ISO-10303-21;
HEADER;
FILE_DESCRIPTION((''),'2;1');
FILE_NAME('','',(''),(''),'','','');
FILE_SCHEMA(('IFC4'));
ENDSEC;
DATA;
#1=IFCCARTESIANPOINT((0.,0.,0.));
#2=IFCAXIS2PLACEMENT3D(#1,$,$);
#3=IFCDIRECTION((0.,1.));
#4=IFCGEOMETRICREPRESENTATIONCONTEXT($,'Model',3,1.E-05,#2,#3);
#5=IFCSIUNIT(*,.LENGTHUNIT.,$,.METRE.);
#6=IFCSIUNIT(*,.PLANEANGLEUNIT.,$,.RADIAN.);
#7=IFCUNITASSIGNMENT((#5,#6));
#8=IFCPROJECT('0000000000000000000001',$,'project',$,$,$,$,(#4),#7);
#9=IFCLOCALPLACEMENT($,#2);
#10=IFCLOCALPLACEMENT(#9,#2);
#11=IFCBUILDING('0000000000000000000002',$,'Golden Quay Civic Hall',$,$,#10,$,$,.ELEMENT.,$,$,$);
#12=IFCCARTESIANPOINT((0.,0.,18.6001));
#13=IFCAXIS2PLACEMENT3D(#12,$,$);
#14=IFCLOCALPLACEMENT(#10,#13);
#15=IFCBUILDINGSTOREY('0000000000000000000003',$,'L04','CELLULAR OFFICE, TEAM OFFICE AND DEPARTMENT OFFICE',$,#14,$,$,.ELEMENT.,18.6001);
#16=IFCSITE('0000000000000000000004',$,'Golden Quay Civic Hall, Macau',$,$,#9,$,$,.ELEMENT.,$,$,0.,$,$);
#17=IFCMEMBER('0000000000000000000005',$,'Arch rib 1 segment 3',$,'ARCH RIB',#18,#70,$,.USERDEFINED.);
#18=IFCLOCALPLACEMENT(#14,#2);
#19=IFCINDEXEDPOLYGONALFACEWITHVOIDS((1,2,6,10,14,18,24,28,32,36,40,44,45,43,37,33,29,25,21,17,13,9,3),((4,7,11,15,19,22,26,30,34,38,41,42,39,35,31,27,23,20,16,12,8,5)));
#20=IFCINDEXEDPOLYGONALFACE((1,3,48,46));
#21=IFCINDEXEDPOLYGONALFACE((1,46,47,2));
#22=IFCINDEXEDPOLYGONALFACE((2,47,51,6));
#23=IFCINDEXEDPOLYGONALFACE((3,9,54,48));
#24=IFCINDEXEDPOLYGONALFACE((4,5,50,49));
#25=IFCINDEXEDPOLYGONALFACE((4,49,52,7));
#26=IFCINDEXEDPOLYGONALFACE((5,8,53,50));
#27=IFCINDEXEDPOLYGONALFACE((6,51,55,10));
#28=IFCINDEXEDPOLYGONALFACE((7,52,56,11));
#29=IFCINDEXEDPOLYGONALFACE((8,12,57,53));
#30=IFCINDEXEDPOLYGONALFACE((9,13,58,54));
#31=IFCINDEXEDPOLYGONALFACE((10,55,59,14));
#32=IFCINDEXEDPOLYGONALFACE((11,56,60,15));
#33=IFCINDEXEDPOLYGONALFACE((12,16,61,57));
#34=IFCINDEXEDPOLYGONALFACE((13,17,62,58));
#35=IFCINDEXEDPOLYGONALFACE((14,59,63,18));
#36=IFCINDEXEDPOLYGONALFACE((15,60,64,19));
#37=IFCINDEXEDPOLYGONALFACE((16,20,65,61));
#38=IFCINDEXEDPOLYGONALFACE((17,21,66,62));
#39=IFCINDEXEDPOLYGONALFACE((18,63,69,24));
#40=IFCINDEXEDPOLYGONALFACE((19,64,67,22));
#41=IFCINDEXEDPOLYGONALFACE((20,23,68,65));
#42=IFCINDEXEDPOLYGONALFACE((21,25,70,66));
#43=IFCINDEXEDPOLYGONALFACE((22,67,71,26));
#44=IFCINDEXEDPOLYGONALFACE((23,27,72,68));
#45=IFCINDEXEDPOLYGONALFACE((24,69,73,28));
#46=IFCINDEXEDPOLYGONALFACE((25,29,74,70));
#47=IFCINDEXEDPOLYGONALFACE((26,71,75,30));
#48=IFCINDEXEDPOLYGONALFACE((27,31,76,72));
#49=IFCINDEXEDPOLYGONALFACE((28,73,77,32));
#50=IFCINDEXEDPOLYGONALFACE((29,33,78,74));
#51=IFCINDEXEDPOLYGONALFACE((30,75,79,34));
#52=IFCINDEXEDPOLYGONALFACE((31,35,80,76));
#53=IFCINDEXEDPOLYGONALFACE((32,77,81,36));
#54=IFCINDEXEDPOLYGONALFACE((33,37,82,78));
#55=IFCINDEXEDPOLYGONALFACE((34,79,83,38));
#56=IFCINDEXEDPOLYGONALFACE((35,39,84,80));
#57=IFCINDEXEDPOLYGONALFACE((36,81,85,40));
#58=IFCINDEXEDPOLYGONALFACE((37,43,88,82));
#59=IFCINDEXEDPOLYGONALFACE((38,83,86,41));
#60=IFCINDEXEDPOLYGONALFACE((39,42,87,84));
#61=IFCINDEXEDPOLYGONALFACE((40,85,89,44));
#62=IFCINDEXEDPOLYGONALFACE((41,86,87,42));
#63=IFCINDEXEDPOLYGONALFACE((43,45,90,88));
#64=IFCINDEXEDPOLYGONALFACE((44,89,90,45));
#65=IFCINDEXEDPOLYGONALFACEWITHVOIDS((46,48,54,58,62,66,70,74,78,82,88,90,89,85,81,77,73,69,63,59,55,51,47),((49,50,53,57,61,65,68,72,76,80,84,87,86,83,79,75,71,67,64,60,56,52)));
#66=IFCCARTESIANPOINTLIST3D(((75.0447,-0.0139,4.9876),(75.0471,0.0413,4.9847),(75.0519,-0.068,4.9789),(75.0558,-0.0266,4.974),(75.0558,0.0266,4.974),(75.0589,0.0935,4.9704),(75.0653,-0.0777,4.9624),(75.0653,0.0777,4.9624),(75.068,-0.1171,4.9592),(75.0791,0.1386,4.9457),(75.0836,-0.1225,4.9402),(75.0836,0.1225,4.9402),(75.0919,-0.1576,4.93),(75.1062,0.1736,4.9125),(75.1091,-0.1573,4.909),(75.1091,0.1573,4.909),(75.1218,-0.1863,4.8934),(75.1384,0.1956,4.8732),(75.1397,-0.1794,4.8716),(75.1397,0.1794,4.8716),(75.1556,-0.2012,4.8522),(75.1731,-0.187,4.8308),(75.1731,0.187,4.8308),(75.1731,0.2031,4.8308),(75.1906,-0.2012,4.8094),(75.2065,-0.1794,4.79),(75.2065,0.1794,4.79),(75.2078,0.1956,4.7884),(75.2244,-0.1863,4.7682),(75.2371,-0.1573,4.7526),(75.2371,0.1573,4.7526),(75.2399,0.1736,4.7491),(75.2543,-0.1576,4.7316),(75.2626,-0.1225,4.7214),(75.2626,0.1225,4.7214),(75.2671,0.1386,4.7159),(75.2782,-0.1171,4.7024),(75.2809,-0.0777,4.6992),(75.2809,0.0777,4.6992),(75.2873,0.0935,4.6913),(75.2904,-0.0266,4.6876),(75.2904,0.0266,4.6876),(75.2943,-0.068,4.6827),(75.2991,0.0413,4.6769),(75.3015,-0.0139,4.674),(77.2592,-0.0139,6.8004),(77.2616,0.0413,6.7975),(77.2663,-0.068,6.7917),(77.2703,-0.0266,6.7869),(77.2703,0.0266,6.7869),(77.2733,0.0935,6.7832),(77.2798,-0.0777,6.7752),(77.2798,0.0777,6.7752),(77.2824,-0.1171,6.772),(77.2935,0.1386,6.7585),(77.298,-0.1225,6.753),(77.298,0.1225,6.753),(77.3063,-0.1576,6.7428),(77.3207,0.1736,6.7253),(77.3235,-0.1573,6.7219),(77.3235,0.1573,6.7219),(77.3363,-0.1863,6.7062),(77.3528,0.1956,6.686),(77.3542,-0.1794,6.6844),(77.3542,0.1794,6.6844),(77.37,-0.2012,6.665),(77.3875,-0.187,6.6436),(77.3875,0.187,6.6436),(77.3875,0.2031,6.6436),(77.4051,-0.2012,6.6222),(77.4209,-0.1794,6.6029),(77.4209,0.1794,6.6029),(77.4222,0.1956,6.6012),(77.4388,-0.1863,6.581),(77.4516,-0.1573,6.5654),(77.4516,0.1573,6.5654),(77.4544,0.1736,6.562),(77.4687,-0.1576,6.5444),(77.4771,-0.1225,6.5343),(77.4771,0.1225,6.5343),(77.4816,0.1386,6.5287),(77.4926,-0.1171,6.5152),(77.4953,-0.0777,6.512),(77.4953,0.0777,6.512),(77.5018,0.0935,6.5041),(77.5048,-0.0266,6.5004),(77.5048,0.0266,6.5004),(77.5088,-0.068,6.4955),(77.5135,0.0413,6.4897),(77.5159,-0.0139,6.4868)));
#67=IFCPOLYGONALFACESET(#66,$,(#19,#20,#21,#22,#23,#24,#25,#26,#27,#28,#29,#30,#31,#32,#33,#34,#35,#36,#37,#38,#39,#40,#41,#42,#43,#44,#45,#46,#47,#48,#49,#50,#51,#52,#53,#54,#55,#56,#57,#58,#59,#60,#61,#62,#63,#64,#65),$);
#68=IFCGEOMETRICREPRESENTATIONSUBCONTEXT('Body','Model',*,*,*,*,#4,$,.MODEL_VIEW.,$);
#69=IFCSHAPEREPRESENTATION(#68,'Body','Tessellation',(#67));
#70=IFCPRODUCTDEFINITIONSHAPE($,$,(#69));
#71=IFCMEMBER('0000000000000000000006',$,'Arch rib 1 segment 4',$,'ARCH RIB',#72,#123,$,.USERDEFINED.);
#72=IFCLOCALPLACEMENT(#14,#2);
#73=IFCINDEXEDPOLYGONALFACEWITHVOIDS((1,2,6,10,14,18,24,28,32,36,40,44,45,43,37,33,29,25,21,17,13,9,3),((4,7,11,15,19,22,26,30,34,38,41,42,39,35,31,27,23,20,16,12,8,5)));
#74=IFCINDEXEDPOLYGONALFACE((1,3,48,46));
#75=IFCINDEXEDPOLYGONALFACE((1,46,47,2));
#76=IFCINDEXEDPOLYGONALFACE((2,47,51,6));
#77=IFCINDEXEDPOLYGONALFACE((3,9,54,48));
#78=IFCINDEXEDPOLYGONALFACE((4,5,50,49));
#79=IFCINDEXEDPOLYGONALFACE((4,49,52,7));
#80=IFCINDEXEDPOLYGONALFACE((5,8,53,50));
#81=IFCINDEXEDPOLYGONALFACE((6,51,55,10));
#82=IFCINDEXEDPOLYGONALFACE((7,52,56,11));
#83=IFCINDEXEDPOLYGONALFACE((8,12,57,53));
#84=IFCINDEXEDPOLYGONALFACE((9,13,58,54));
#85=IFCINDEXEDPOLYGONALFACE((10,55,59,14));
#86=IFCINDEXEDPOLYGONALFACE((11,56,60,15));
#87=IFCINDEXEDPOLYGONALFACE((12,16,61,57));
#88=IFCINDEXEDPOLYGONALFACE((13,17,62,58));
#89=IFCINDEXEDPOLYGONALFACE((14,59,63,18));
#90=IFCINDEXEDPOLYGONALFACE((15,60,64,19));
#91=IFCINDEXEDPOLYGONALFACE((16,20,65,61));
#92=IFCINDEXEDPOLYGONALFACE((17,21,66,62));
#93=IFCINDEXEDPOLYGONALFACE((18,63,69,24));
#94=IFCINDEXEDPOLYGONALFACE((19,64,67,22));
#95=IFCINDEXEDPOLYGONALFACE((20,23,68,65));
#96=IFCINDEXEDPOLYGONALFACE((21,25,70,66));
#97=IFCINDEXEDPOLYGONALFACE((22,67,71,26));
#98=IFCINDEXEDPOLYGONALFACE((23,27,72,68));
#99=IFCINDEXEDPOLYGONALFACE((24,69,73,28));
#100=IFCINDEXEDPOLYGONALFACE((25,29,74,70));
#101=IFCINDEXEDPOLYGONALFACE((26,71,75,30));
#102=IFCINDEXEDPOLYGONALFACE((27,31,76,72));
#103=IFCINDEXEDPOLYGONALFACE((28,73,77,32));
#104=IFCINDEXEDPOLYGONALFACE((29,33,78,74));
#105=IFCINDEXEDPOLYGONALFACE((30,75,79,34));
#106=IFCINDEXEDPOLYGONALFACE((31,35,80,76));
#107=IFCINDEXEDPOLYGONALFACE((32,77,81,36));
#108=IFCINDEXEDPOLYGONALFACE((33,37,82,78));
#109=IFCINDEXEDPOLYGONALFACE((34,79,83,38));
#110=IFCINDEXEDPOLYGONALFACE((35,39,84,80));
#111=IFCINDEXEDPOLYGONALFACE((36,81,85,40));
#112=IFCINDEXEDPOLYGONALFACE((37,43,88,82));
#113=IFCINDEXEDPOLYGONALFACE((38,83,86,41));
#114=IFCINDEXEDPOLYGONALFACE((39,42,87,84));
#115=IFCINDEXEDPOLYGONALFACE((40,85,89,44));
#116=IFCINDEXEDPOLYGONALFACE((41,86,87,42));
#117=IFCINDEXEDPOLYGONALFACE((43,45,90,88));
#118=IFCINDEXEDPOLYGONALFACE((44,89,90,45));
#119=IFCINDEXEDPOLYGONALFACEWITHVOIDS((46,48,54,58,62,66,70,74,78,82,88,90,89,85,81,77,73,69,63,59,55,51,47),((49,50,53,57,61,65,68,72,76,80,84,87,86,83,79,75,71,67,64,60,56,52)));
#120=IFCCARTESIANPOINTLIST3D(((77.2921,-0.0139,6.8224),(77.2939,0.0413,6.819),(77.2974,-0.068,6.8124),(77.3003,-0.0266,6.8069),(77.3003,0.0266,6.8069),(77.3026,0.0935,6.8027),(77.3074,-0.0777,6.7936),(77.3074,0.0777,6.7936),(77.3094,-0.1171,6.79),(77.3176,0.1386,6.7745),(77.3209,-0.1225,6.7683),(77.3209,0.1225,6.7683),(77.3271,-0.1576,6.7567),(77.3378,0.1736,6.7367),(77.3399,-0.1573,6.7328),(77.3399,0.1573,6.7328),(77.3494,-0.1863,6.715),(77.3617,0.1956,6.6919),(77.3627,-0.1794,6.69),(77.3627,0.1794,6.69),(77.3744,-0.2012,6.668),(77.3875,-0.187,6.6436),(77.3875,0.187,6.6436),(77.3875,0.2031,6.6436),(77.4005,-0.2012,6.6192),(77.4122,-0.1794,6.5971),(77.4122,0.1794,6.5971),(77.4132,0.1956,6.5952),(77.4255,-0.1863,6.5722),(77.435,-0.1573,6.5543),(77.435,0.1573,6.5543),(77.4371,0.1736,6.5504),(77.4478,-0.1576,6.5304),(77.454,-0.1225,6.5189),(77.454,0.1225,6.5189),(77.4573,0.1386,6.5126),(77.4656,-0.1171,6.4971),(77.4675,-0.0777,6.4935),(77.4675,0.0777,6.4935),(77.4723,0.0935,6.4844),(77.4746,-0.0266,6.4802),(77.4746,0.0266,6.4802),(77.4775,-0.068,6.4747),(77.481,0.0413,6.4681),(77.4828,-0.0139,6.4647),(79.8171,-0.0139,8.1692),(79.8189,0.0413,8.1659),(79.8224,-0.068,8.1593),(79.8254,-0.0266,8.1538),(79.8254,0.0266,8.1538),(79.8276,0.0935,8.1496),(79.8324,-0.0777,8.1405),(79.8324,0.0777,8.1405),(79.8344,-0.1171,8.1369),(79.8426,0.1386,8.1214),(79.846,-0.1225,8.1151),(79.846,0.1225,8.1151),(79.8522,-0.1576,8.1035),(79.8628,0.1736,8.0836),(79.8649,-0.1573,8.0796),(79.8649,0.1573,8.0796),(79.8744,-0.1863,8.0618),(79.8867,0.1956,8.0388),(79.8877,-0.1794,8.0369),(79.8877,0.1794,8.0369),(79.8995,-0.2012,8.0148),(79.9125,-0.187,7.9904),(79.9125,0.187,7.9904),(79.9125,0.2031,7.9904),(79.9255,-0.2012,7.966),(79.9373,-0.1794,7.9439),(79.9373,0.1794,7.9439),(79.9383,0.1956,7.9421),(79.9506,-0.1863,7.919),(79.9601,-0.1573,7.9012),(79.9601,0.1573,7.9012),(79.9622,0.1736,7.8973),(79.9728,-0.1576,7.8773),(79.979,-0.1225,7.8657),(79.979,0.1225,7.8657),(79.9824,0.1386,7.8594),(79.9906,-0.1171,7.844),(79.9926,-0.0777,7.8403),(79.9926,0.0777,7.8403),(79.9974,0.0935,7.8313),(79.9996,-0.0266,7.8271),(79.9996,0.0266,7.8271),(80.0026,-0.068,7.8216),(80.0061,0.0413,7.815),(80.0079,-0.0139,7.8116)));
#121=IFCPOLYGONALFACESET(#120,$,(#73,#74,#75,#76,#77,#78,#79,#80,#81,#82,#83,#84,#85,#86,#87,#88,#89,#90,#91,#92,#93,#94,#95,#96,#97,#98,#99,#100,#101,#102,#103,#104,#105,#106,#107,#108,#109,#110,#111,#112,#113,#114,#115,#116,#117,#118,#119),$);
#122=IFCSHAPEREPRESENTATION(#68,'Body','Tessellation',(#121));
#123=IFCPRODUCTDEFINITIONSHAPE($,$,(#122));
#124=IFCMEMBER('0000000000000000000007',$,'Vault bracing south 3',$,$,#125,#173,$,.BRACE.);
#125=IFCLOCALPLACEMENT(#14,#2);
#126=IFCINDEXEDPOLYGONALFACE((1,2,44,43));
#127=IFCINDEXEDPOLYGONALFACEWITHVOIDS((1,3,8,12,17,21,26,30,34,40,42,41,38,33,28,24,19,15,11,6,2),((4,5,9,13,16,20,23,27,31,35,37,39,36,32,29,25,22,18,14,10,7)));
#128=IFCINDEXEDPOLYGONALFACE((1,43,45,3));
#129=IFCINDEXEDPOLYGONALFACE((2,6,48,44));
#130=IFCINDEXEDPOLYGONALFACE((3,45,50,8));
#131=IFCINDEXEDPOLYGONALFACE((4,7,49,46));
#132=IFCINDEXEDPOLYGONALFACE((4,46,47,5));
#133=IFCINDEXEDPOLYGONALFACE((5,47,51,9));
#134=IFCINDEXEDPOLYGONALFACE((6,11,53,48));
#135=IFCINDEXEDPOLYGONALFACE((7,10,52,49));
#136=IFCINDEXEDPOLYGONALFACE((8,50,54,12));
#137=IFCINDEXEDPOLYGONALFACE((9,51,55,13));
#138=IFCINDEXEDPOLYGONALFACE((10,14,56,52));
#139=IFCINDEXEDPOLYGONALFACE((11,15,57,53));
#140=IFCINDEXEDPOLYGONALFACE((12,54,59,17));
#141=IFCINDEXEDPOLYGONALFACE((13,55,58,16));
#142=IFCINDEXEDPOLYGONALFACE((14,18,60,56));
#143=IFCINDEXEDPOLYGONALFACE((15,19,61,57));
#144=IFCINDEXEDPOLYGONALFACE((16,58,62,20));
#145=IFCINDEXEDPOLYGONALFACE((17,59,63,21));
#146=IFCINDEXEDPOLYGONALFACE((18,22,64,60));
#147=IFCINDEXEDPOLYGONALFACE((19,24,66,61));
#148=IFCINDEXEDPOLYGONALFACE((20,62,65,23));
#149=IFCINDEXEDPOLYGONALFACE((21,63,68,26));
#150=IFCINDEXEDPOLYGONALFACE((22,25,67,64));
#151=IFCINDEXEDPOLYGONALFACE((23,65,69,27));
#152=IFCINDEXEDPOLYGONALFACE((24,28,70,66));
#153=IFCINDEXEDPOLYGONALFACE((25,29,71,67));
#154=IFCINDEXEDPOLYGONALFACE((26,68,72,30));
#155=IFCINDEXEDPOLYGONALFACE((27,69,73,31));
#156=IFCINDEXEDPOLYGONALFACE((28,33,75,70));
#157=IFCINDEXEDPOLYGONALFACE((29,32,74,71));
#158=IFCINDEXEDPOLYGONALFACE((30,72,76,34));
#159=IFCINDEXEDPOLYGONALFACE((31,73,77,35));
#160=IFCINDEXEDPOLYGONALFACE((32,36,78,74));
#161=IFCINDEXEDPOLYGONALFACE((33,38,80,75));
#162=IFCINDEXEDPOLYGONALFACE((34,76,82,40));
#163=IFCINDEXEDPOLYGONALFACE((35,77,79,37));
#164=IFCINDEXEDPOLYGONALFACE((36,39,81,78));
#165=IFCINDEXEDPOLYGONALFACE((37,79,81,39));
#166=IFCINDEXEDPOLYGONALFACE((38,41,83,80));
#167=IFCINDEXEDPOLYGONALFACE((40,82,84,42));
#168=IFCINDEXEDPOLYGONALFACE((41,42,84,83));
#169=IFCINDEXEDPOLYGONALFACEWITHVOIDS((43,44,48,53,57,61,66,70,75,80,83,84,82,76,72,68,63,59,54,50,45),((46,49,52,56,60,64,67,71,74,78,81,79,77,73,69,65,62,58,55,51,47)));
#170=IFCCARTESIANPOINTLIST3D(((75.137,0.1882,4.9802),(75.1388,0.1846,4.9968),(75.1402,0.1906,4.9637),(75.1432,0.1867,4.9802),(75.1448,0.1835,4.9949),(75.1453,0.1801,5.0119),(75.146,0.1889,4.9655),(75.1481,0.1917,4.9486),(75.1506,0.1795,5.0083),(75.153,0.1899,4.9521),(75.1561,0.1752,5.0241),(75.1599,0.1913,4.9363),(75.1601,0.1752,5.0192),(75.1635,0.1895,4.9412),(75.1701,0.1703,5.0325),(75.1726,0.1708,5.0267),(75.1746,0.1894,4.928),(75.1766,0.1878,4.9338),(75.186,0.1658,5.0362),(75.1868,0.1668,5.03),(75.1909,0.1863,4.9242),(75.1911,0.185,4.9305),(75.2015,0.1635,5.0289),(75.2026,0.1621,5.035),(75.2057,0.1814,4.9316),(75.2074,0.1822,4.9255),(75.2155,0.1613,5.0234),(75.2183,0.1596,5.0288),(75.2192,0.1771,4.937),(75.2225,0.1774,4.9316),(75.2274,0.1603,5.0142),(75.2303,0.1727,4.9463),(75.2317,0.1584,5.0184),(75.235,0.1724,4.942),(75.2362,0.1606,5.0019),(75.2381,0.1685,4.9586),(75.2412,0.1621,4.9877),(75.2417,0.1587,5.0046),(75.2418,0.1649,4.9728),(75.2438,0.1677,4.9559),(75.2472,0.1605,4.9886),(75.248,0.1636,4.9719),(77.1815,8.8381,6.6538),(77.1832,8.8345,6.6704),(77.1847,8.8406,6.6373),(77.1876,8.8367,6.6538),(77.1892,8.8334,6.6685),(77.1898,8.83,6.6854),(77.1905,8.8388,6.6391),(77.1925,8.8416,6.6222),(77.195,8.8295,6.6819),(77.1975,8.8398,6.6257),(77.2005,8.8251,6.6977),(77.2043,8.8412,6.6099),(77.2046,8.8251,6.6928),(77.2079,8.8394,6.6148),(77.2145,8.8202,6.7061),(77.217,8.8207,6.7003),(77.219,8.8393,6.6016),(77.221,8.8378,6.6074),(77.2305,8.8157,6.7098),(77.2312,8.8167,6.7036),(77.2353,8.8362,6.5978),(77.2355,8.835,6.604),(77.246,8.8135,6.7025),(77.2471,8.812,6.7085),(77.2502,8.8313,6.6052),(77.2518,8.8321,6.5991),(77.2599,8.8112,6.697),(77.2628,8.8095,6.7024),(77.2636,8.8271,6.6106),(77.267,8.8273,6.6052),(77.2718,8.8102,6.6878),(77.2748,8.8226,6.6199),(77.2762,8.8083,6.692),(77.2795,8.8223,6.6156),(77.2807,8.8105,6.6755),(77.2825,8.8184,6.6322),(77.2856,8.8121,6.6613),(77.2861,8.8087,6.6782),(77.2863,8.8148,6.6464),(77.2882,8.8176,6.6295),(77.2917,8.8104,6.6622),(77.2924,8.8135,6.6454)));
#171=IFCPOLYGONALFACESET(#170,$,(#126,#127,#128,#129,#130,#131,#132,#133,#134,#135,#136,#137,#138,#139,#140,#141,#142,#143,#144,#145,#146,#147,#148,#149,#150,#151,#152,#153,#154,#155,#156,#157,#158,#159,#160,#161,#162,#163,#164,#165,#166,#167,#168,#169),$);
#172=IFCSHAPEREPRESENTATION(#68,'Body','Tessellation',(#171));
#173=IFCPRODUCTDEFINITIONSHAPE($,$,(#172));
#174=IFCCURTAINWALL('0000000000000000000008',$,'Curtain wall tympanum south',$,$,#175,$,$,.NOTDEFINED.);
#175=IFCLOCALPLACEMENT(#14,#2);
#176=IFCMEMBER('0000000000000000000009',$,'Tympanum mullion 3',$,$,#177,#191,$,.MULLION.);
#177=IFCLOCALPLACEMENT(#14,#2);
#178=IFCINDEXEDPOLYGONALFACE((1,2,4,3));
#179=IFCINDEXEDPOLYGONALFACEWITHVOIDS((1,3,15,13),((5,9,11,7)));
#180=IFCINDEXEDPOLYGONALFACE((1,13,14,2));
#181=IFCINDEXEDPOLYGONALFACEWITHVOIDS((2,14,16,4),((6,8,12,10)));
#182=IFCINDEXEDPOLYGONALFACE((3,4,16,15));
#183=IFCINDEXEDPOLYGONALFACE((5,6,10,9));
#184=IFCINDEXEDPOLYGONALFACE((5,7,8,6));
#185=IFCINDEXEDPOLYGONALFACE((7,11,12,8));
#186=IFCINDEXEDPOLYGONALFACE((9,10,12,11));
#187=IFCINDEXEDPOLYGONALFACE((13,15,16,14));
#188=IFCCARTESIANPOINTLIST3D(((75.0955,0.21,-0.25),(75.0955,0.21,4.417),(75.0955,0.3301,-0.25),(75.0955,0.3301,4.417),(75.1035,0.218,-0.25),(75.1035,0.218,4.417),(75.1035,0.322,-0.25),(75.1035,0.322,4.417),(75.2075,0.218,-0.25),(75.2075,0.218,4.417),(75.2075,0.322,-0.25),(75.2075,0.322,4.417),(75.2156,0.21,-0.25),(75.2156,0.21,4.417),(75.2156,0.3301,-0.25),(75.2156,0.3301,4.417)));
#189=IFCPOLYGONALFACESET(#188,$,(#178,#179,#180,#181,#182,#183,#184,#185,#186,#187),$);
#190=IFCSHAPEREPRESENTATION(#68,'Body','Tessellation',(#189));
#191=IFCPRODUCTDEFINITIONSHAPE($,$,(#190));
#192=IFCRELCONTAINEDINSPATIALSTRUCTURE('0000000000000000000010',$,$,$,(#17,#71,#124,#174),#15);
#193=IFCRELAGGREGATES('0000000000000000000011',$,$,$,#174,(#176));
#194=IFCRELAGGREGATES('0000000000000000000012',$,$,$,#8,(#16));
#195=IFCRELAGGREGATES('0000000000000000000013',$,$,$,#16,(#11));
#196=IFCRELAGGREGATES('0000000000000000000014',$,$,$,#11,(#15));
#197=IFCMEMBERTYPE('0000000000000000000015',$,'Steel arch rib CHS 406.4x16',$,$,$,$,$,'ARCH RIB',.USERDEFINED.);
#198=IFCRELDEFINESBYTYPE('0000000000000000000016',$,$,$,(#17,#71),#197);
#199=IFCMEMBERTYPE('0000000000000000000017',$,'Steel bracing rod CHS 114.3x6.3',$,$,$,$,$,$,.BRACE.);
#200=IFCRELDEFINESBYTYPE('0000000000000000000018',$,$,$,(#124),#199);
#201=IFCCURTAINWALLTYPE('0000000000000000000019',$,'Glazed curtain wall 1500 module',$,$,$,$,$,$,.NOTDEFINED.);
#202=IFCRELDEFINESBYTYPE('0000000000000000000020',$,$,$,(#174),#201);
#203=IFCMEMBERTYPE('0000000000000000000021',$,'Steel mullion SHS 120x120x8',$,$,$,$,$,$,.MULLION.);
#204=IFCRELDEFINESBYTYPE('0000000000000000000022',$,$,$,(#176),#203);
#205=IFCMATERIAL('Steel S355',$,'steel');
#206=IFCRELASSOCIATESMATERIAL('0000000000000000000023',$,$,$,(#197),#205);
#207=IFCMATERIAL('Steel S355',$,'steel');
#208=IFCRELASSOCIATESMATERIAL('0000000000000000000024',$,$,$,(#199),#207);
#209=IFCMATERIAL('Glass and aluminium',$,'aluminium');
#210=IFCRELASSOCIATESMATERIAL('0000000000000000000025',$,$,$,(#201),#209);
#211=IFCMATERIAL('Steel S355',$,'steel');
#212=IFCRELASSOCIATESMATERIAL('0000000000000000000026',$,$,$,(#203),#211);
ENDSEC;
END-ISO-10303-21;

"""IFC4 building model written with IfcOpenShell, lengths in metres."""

from ifc_helpers import new_model, si_unit, direction, frame, origin, origin_2d, place, context, subcontext, project, spatial, hollow_rectangle, hollow_circle, extrude, material, material_profile, profile_set, type_object, element, aggregate, save


model = new_model("IFC4")

# Units and contexts
model_context = context("Model", 3, precision=1e-05, world=origin(), true_north=direction((0.0, 1.0)))
body_context = subcontext(model_context, "Body", "Model", "MODEL_VIEW")
ifc_project = project(units=[si_unit("LENGTHUNIT", "METRE"), si_unit("PLANEANGLEUNIT", "RADIAN")], contexts=[model_context])

# Site, building, storey
site_placement = place(None, origin())
site = spatial("IfcSite", under=ifc_project, at=site_placement, Name="Golden Quay Civic Hall, Macau", CompositionType="ELEMENT", RefElevation=0.0)
building_placement = place(site_placement, origin())
building = spatial("IfcBuilding", under=site, at=building_placement, Name="Golden Quay Civic Hall", CompositionType="ELEMENT")
storey_placement = place(building_placement, frame((0.0, 0.0, 18.6001)))
storey = spatial("IfcBuildingStorey", under=building, at=storey_placement, Name="L04", Description="CELLULAR OFFICE, TEAM OFFICE AND DEPARTMENT OFFICE", CompositionType="ELEMENT", Elevation=18.6001)

# Members
ifc_material_1 = material(Name="Steel S355", Category="steel")
ifc_material_profile_1 = material_profile(ifc_material_1, hollow_circle(Radius=0.2031, WallThickness=0.0161, at=origin_2d()), Name="CHS 406.4x16")
ifc_profile_set_1 = profile_set([ifc_material_profile_1], Name="Steel S355")
member_type_1 = type_object("IfcMemberType", Name="Steel arch rib CHS 406.4x16", ElementType="ARCH RIB", PredefinedType="USERDEFINED", material=ifc_profile_set_1)
for number, where, z_axis, x_axis, name in (
    (1, (75.1731, 0.0, 4.8308), (0.773786, 0.0, 0.633447), (0.0, 1.0, 0.0), "Arch rib 1 segment 3"),
    (2, (77.3875, 0.0, 6.6436), (0.882327, 0.0, 0.470637), (0.0, 1.0, 0.0), "Arch rib 1 segment 4"),
):
    element("IfcMember", number, at=place(storey_placement, frame(where, z_axis=z_axis, x_axis=x_axis)), inside=storey, type_object=member_type_1, Name=name, ObjectType="ARCH RIB", PredefinedType="USERDEFINED", context=body_context, shape_type="SweptSolid", body=[
        extrude(hollow_circle(Radius=0.2031, WallThickness=0.0161, at=origin_2d()), origin(), (0.0, 0.0, 1.0), 2.8618),
    ])
ifc_material_2 = material(Name="Steel S355", Category="steel")
ifc_material_profile_2 = material_profile(ifc_material_2, hollow_circle(Radius=0.0571, WallThickness=0.0063, at=origin_2d()), Name="CHS 114.3x6.3")
ifc_profile_set_2 = profile_set([ifc_material_profile_2], Name="Steel S355")
member_type_2 = type_object("IfcMemberType", Name="Steel bracing rod CHS 114.3x6.3", PredefinedType="BRACE", material=ifc_profile_set_2)
member_1_placement = place(storey_placement, frame((75.1926, 0.175, 4.9802), z_axis=(0.226044, 0.956381, 0.185041), x_axis=(-0.973187, 0.230016, 0.0)))
element("IfcMember", 3, at=member_1_placement, inside=storey, type_object=member_type_2, Name="Vault bracing south 3", PredefinedType="BRACE", context=body_context, shape_type="SweptSolid", body=[
    extrude(hollow_circle(Radius=0.0571, WallThickness=0.0063, at=origin_2d()), origin(), (0.0, 0.0, 1.0), 9.0444),
])

# Curtain wall, member
ifc_material_3 = material(Name="Glass and aluminium", Category="aluminium")
curtain_wall_type = type_object("IfcCurtainWallType", Name="Glazed curtain wall 1500 module", PredefinedType="NOTDEFINED", material=ifc_material_3)
curtain_wall_placement = place(storey_placement, origin())
curtain_wall = element("IfcCurtainWall", 4, at=curtain_wall_placement, inside=storey, type_object=curtain_wall_type, Name="Curtain wall tympanum south", PredefinedType="NOTDEFINED")
ifc_material_4 = material(Name="Steel S355", Category="steel")
ifc_material_profile_3 = material_profile(ifc_material_4, hollow_rectangle(XDim=0.1201, YDim=0.1201, WallThickness=0.0081, at=origin_2d()), Name="SHS 120x120x8")
ifc_profile_set_3 = profile_set([ifc_material_profile_3], Name="Steel S355")
member_type_3 = type_object("IfcMemberType", Name="Steel mullion SHS 120x120x8", PredefinedType="MULLION", material=ifc_profile_set_3)
member_2_placement = place(storey_placement, frame((75.1555, 0.27, -0.25), z_axis=(0.0, 0.0, 1.0), x_axis=(0.0, 1.0, 0.0)))
member_2 = element("IfcMember", 5, at=member_2_placement, type_object=member_type_3, Name="Tympanum mullion 3", PredefinedType="MULLION", context=body_context, shape_type="SweptSolid", body=[
    extrude(hollow_rectangle(XDim=0.1201, YDim=0.1201, WallThickness=0.0081, at=origin_2d()), origin(), (0.0, 0.0, 1.0), 4.667),
])

aggregate(curtain_wall, [member_2])

save(model, "model.ifc")
